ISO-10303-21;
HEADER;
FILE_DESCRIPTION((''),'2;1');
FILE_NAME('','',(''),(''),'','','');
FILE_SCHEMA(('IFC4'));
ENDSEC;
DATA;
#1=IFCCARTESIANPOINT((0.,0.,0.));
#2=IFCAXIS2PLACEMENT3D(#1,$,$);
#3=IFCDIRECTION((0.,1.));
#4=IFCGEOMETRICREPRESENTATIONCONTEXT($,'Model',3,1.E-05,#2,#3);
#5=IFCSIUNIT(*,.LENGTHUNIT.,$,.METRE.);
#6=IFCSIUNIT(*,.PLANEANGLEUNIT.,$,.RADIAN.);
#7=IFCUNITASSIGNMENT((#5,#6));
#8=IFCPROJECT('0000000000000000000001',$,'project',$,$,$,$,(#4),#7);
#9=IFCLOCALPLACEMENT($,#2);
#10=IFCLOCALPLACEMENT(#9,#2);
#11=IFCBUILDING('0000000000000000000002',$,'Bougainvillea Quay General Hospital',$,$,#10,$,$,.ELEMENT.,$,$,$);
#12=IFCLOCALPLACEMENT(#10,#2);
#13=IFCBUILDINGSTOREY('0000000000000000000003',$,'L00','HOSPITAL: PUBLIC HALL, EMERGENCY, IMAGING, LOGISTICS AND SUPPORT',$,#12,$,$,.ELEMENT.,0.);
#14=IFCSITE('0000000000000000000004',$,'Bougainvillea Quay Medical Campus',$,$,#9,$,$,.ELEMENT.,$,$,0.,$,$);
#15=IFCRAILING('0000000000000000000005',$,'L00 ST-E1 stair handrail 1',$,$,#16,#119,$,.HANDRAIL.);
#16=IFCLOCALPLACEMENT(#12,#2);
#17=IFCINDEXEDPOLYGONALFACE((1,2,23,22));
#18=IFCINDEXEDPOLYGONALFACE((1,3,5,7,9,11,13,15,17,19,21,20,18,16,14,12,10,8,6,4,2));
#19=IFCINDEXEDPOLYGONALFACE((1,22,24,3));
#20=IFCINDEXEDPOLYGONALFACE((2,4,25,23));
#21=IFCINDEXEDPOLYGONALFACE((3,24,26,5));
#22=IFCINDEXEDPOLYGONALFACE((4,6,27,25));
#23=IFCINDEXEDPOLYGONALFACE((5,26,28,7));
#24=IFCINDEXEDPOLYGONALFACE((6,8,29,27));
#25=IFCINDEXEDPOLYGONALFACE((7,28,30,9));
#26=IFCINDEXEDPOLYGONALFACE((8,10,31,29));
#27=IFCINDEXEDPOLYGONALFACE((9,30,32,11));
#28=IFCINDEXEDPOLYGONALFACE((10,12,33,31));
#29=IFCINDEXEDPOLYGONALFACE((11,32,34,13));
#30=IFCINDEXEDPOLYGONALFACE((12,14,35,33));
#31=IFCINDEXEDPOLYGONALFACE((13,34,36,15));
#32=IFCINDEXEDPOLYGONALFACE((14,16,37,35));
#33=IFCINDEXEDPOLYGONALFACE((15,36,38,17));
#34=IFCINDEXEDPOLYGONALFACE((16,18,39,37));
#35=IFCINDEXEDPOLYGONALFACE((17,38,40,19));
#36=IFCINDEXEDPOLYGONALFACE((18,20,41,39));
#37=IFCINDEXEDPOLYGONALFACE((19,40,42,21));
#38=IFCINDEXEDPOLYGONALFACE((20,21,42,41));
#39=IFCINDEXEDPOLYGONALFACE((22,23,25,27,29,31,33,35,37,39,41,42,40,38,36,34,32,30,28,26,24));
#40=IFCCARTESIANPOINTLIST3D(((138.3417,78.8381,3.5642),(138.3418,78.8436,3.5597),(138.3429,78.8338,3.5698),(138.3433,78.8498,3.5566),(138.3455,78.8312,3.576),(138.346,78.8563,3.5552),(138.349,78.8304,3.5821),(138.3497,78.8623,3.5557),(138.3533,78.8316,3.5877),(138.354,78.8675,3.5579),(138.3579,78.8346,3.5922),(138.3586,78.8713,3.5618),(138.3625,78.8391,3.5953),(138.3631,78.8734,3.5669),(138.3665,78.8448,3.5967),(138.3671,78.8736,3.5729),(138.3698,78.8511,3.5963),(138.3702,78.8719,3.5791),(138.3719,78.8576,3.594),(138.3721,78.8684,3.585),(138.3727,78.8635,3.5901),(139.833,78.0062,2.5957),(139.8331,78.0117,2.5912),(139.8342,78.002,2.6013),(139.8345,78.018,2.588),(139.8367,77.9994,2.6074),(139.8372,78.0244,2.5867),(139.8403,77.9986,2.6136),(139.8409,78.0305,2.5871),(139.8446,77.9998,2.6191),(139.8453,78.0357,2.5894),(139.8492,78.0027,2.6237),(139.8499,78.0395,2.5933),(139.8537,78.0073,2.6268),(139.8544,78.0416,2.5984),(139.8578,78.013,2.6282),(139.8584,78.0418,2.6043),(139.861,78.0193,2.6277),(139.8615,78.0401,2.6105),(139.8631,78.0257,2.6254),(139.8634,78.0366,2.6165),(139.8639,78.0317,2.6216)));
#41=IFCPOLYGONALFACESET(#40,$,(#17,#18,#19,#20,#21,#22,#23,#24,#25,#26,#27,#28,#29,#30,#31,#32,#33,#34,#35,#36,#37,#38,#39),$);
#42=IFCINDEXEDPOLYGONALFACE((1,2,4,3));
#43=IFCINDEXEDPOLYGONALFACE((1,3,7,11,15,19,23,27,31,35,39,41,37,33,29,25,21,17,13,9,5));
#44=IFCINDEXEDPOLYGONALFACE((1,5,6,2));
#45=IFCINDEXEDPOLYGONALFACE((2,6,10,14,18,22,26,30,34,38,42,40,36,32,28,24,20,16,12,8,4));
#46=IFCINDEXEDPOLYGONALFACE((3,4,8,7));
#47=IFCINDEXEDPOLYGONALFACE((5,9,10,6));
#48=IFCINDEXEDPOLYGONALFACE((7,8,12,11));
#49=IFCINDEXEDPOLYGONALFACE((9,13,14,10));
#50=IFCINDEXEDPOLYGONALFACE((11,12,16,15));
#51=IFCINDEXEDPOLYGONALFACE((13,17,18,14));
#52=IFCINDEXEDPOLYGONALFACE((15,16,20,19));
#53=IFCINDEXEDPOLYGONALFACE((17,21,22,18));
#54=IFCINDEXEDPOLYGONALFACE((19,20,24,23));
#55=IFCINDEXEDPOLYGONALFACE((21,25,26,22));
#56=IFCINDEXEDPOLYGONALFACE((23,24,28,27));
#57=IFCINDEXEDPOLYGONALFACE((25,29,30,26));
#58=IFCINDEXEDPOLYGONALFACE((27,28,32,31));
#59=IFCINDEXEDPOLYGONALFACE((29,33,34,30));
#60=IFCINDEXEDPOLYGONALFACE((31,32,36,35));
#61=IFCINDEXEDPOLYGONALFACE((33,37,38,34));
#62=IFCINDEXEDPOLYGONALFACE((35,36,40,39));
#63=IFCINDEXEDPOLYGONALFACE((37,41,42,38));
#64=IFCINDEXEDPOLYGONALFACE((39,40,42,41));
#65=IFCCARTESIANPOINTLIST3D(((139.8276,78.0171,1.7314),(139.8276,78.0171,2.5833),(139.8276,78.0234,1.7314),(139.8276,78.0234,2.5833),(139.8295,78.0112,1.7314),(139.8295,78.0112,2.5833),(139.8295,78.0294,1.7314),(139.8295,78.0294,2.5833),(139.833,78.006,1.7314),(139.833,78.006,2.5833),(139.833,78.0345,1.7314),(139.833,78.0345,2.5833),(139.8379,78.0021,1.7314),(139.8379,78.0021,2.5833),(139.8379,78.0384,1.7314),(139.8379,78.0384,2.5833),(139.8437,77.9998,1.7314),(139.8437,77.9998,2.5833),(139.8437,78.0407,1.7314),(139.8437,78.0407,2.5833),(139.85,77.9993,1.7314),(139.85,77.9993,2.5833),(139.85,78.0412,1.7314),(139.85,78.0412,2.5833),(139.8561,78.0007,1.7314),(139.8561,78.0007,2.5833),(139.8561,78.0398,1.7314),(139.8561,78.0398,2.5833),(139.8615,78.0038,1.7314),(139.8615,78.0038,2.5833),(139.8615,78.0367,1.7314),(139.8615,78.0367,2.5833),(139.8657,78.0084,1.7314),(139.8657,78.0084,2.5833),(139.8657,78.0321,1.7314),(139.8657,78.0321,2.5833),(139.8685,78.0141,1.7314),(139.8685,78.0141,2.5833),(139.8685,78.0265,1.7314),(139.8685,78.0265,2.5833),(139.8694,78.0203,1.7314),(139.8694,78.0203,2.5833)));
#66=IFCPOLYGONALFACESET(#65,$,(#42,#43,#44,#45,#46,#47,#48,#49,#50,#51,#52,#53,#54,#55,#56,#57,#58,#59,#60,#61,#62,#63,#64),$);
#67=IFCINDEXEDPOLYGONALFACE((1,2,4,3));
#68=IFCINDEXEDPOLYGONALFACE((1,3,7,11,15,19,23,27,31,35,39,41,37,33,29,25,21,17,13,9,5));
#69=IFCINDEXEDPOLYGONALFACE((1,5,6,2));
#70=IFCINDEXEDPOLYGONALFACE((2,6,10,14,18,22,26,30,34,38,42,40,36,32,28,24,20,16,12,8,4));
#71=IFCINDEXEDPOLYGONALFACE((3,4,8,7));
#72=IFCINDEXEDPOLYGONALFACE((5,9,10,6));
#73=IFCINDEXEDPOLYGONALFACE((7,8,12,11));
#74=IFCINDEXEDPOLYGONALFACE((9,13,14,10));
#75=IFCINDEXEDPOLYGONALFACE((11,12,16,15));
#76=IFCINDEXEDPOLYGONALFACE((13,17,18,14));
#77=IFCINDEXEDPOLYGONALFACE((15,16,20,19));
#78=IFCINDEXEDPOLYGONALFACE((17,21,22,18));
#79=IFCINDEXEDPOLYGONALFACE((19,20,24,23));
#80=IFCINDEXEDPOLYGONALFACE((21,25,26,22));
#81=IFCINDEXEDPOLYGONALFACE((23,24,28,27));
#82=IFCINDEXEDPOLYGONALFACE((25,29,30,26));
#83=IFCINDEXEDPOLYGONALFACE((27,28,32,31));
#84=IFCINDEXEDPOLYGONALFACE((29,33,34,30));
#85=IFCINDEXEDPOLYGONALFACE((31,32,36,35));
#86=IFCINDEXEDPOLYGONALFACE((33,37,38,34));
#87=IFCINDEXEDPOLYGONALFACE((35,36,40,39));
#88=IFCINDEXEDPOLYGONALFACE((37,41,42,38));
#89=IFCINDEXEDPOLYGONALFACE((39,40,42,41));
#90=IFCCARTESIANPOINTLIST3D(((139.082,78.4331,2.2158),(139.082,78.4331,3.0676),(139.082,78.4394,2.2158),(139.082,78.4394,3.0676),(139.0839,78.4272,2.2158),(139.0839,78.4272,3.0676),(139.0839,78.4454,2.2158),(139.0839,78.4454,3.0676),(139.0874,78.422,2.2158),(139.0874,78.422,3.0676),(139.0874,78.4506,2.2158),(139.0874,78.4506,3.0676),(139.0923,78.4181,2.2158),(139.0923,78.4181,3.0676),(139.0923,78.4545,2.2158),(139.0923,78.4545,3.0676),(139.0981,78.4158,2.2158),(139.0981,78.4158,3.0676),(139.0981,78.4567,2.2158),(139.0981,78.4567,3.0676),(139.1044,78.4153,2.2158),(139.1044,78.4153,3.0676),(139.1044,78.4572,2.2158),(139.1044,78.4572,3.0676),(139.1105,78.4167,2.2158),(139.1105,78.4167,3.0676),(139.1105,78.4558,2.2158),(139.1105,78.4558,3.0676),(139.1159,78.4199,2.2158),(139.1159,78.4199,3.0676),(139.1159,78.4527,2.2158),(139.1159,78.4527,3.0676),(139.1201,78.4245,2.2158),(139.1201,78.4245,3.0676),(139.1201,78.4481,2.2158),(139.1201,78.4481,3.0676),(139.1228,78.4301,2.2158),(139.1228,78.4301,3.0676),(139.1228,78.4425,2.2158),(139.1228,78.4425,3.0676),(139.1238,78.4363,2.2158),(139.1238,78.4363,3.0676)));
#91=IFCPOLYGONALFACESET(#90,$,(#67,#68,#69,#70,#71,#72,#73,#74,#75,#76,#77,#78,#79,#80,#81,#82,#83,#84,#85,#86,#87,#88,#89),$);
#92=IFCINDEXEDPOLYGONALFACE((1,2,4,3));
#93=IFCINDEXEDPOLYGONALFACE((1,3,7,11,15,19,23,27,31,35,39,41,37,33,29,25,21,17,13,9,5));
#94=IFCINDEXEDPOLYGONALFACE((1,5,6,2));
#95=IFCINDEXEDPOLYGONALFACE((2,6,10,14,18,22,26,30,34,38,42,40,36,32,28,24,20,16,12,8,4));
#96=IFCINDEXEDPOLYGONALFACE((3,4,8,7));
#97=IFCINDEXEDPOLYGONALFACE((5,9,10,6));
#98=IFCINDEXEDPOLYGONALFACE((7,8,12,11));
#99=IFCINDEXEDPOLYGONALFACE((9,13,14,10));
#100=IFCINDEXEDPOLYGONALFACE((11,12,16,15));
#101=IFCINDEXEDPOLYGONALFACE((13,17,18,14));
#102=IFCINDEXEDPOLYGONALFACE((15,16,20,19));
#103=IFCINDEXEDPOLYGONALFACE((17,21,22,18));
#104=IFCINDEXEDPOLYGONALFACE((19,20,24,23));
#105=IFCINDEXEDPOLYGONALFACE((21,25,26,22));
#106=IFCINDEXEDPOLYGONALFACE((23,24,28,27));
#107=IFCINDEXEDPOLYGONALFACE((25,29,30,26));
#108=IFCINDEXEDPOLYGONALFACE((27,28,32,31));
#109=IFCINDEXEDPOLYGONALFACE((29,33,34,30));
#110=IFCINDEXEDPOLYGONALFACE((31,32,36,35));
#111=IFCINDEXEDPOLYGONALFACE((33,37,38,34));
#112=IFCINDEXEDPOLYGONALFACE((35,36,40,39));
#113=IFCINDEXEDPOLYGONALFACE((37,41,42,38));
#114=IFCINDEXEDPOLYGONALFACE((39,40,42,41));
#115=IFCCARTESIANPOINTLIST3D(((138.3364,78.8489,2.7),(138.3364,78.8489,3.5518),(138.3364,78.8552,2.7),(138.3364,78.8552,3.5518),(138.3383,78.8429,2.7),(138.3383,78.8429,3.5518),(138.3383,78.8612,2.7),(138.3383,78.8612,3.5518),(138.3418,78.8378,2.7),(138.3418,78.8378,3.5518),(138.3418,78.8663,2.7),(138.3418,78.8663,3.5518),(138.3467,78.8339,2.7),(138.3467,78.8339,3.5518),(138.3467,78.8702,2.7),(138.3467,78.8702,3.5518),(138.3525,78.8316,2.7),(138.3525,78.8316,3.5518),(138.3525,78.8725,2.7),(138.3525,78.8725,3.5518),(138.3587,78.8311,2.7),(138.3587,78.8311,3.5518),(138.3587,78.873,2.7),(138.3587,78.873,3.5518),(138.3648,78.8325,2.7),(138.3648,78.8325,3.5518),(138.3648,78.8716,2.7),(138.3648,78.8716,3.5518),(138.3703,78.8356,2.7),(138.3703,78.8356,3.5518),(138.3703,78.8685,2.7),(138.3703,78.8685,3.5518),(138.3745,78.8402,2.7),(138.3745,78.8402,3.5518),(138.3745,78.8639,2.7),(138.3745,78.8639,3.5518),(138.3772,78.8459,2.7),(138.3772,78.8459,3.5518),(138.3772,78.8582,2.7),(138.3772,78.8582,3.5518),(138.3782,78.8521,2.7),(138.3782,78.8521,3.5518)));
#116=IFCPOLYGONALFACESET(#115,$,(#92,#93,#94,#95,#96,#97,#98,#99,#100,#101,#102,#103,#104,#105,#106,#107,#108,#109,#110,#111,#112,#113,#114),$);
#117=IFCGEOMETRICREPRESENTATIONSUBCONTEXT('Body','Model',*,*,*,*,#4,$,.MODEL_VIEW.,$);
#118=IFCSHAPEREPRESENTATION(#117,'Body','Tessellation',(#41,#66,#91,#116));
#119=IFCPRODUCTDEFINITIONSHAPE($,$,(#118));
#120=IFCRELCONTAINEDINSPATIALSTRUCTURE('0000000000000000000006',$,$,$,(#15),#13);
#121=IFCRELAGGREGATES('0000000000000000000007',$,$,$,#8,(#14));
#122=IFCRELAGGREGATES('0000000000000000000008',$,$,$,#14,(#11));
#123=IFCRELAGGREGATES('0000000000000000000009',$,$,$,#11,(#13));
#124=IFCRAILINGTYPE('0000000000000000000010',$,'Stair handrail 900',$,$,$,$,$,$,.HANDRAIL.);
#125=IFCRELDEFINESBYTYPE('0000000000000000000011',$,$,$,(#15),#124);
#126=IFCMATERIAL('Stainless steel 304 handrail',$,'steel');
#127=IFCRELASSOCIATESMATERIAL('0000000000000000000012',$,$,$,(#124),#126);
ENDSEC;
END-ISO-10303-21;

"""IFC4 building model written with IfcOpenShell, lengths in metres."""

from ifc_helpers import new_model, si_unit, direction, frame, origin, origin_2d, place, context, subcontext, project, spatial, circle, extrude, material, type_object, element, save


model = new_model("IFC4")

# Units and contexts
model_context = context("Model", 3, precision=1e-05, world=origin(), true_north=direction((0.0, 1.0)))
body_context = subcontext(model_context, "Body", "Model", "MODEL_VIEW")
ifc_project = project(units=[si_unit("LENGTHUNIT", "METRE"), si_unit("PLANEANGLEUNIT", "RADIAN")], contexts=[model_context])

# Site, building, storey
site_placement = place(None, origin())
site = spatial("IfcSite", under=ifc_project, at=site_placement, Name="Bougainvillea Quay Medical Campus", CompositionType="ELEMENT", RefElevation=0.0)
building_placement = place(site_placement, origin())
building = spatial("IfcBuilding", under=site, at=building_placement, Name="Bougainvillea Quay General Hospital", CompositionType="ELEMENT")
storey_placement = place(building_placement, origin())
storey = spatial("IfcBuildingStorey", under=building, at=storey_placement, Name="L00", Description="HOSPITAL: PUBLIC HALL, EMERGENCY, IMAGING, LOGISTICS AND SUPPORT", CompositionType="ELEMENT", Elevation=0.0)

# Railing
ifc_material_1 = material(Name="Stainless steel 304 handrail", Category="steel")
railing_type_1 = type_object("IfcRailingType", Name="Stair handrail 900", PredefinedType="HANDRAIL", material=ifc_material_1)
railing_1_placement = place(storey_placement, frame((139.8484, 78.0203, 1.7314)))
element("IfcRailing", 1, at=railing_1_placement, inside=storey, type_object=railing_type_1, Name="L00 ST-E1 stair handrail 1", PredefinedType="HANDRAIL", context=body_context, shape_type="SweptSolid", body=[
    extrude(circle(Radius=0.0239, at=origin_2d()), frame((0.0, 0.0, 0.876), z_axis=(-0.759638, 0.423721, 0.493367), x_axis=(-0.487135, -0.873326, 0.0)), (0.0, 0.0, 1.0), 1.9631),
    extrude(circle(Radius=0.021, at=origin_2d()), origin(), (0.0, 0.0, 1.0), 0.8518),
    extrude(circle(Radius=0.021, at=origin_2d()), frame((-0.7456, 0.416, 0.4844)), (0.0, 0.0, 1.0), 0.8518),
    extrude(circle(Radius=0.021, at=origin_2d()), frame((-1.4912, 0.8318, 0.9685)), (0.0, 0.0, 1.0), 0.8518),
])

save(model, "model.ifc")
